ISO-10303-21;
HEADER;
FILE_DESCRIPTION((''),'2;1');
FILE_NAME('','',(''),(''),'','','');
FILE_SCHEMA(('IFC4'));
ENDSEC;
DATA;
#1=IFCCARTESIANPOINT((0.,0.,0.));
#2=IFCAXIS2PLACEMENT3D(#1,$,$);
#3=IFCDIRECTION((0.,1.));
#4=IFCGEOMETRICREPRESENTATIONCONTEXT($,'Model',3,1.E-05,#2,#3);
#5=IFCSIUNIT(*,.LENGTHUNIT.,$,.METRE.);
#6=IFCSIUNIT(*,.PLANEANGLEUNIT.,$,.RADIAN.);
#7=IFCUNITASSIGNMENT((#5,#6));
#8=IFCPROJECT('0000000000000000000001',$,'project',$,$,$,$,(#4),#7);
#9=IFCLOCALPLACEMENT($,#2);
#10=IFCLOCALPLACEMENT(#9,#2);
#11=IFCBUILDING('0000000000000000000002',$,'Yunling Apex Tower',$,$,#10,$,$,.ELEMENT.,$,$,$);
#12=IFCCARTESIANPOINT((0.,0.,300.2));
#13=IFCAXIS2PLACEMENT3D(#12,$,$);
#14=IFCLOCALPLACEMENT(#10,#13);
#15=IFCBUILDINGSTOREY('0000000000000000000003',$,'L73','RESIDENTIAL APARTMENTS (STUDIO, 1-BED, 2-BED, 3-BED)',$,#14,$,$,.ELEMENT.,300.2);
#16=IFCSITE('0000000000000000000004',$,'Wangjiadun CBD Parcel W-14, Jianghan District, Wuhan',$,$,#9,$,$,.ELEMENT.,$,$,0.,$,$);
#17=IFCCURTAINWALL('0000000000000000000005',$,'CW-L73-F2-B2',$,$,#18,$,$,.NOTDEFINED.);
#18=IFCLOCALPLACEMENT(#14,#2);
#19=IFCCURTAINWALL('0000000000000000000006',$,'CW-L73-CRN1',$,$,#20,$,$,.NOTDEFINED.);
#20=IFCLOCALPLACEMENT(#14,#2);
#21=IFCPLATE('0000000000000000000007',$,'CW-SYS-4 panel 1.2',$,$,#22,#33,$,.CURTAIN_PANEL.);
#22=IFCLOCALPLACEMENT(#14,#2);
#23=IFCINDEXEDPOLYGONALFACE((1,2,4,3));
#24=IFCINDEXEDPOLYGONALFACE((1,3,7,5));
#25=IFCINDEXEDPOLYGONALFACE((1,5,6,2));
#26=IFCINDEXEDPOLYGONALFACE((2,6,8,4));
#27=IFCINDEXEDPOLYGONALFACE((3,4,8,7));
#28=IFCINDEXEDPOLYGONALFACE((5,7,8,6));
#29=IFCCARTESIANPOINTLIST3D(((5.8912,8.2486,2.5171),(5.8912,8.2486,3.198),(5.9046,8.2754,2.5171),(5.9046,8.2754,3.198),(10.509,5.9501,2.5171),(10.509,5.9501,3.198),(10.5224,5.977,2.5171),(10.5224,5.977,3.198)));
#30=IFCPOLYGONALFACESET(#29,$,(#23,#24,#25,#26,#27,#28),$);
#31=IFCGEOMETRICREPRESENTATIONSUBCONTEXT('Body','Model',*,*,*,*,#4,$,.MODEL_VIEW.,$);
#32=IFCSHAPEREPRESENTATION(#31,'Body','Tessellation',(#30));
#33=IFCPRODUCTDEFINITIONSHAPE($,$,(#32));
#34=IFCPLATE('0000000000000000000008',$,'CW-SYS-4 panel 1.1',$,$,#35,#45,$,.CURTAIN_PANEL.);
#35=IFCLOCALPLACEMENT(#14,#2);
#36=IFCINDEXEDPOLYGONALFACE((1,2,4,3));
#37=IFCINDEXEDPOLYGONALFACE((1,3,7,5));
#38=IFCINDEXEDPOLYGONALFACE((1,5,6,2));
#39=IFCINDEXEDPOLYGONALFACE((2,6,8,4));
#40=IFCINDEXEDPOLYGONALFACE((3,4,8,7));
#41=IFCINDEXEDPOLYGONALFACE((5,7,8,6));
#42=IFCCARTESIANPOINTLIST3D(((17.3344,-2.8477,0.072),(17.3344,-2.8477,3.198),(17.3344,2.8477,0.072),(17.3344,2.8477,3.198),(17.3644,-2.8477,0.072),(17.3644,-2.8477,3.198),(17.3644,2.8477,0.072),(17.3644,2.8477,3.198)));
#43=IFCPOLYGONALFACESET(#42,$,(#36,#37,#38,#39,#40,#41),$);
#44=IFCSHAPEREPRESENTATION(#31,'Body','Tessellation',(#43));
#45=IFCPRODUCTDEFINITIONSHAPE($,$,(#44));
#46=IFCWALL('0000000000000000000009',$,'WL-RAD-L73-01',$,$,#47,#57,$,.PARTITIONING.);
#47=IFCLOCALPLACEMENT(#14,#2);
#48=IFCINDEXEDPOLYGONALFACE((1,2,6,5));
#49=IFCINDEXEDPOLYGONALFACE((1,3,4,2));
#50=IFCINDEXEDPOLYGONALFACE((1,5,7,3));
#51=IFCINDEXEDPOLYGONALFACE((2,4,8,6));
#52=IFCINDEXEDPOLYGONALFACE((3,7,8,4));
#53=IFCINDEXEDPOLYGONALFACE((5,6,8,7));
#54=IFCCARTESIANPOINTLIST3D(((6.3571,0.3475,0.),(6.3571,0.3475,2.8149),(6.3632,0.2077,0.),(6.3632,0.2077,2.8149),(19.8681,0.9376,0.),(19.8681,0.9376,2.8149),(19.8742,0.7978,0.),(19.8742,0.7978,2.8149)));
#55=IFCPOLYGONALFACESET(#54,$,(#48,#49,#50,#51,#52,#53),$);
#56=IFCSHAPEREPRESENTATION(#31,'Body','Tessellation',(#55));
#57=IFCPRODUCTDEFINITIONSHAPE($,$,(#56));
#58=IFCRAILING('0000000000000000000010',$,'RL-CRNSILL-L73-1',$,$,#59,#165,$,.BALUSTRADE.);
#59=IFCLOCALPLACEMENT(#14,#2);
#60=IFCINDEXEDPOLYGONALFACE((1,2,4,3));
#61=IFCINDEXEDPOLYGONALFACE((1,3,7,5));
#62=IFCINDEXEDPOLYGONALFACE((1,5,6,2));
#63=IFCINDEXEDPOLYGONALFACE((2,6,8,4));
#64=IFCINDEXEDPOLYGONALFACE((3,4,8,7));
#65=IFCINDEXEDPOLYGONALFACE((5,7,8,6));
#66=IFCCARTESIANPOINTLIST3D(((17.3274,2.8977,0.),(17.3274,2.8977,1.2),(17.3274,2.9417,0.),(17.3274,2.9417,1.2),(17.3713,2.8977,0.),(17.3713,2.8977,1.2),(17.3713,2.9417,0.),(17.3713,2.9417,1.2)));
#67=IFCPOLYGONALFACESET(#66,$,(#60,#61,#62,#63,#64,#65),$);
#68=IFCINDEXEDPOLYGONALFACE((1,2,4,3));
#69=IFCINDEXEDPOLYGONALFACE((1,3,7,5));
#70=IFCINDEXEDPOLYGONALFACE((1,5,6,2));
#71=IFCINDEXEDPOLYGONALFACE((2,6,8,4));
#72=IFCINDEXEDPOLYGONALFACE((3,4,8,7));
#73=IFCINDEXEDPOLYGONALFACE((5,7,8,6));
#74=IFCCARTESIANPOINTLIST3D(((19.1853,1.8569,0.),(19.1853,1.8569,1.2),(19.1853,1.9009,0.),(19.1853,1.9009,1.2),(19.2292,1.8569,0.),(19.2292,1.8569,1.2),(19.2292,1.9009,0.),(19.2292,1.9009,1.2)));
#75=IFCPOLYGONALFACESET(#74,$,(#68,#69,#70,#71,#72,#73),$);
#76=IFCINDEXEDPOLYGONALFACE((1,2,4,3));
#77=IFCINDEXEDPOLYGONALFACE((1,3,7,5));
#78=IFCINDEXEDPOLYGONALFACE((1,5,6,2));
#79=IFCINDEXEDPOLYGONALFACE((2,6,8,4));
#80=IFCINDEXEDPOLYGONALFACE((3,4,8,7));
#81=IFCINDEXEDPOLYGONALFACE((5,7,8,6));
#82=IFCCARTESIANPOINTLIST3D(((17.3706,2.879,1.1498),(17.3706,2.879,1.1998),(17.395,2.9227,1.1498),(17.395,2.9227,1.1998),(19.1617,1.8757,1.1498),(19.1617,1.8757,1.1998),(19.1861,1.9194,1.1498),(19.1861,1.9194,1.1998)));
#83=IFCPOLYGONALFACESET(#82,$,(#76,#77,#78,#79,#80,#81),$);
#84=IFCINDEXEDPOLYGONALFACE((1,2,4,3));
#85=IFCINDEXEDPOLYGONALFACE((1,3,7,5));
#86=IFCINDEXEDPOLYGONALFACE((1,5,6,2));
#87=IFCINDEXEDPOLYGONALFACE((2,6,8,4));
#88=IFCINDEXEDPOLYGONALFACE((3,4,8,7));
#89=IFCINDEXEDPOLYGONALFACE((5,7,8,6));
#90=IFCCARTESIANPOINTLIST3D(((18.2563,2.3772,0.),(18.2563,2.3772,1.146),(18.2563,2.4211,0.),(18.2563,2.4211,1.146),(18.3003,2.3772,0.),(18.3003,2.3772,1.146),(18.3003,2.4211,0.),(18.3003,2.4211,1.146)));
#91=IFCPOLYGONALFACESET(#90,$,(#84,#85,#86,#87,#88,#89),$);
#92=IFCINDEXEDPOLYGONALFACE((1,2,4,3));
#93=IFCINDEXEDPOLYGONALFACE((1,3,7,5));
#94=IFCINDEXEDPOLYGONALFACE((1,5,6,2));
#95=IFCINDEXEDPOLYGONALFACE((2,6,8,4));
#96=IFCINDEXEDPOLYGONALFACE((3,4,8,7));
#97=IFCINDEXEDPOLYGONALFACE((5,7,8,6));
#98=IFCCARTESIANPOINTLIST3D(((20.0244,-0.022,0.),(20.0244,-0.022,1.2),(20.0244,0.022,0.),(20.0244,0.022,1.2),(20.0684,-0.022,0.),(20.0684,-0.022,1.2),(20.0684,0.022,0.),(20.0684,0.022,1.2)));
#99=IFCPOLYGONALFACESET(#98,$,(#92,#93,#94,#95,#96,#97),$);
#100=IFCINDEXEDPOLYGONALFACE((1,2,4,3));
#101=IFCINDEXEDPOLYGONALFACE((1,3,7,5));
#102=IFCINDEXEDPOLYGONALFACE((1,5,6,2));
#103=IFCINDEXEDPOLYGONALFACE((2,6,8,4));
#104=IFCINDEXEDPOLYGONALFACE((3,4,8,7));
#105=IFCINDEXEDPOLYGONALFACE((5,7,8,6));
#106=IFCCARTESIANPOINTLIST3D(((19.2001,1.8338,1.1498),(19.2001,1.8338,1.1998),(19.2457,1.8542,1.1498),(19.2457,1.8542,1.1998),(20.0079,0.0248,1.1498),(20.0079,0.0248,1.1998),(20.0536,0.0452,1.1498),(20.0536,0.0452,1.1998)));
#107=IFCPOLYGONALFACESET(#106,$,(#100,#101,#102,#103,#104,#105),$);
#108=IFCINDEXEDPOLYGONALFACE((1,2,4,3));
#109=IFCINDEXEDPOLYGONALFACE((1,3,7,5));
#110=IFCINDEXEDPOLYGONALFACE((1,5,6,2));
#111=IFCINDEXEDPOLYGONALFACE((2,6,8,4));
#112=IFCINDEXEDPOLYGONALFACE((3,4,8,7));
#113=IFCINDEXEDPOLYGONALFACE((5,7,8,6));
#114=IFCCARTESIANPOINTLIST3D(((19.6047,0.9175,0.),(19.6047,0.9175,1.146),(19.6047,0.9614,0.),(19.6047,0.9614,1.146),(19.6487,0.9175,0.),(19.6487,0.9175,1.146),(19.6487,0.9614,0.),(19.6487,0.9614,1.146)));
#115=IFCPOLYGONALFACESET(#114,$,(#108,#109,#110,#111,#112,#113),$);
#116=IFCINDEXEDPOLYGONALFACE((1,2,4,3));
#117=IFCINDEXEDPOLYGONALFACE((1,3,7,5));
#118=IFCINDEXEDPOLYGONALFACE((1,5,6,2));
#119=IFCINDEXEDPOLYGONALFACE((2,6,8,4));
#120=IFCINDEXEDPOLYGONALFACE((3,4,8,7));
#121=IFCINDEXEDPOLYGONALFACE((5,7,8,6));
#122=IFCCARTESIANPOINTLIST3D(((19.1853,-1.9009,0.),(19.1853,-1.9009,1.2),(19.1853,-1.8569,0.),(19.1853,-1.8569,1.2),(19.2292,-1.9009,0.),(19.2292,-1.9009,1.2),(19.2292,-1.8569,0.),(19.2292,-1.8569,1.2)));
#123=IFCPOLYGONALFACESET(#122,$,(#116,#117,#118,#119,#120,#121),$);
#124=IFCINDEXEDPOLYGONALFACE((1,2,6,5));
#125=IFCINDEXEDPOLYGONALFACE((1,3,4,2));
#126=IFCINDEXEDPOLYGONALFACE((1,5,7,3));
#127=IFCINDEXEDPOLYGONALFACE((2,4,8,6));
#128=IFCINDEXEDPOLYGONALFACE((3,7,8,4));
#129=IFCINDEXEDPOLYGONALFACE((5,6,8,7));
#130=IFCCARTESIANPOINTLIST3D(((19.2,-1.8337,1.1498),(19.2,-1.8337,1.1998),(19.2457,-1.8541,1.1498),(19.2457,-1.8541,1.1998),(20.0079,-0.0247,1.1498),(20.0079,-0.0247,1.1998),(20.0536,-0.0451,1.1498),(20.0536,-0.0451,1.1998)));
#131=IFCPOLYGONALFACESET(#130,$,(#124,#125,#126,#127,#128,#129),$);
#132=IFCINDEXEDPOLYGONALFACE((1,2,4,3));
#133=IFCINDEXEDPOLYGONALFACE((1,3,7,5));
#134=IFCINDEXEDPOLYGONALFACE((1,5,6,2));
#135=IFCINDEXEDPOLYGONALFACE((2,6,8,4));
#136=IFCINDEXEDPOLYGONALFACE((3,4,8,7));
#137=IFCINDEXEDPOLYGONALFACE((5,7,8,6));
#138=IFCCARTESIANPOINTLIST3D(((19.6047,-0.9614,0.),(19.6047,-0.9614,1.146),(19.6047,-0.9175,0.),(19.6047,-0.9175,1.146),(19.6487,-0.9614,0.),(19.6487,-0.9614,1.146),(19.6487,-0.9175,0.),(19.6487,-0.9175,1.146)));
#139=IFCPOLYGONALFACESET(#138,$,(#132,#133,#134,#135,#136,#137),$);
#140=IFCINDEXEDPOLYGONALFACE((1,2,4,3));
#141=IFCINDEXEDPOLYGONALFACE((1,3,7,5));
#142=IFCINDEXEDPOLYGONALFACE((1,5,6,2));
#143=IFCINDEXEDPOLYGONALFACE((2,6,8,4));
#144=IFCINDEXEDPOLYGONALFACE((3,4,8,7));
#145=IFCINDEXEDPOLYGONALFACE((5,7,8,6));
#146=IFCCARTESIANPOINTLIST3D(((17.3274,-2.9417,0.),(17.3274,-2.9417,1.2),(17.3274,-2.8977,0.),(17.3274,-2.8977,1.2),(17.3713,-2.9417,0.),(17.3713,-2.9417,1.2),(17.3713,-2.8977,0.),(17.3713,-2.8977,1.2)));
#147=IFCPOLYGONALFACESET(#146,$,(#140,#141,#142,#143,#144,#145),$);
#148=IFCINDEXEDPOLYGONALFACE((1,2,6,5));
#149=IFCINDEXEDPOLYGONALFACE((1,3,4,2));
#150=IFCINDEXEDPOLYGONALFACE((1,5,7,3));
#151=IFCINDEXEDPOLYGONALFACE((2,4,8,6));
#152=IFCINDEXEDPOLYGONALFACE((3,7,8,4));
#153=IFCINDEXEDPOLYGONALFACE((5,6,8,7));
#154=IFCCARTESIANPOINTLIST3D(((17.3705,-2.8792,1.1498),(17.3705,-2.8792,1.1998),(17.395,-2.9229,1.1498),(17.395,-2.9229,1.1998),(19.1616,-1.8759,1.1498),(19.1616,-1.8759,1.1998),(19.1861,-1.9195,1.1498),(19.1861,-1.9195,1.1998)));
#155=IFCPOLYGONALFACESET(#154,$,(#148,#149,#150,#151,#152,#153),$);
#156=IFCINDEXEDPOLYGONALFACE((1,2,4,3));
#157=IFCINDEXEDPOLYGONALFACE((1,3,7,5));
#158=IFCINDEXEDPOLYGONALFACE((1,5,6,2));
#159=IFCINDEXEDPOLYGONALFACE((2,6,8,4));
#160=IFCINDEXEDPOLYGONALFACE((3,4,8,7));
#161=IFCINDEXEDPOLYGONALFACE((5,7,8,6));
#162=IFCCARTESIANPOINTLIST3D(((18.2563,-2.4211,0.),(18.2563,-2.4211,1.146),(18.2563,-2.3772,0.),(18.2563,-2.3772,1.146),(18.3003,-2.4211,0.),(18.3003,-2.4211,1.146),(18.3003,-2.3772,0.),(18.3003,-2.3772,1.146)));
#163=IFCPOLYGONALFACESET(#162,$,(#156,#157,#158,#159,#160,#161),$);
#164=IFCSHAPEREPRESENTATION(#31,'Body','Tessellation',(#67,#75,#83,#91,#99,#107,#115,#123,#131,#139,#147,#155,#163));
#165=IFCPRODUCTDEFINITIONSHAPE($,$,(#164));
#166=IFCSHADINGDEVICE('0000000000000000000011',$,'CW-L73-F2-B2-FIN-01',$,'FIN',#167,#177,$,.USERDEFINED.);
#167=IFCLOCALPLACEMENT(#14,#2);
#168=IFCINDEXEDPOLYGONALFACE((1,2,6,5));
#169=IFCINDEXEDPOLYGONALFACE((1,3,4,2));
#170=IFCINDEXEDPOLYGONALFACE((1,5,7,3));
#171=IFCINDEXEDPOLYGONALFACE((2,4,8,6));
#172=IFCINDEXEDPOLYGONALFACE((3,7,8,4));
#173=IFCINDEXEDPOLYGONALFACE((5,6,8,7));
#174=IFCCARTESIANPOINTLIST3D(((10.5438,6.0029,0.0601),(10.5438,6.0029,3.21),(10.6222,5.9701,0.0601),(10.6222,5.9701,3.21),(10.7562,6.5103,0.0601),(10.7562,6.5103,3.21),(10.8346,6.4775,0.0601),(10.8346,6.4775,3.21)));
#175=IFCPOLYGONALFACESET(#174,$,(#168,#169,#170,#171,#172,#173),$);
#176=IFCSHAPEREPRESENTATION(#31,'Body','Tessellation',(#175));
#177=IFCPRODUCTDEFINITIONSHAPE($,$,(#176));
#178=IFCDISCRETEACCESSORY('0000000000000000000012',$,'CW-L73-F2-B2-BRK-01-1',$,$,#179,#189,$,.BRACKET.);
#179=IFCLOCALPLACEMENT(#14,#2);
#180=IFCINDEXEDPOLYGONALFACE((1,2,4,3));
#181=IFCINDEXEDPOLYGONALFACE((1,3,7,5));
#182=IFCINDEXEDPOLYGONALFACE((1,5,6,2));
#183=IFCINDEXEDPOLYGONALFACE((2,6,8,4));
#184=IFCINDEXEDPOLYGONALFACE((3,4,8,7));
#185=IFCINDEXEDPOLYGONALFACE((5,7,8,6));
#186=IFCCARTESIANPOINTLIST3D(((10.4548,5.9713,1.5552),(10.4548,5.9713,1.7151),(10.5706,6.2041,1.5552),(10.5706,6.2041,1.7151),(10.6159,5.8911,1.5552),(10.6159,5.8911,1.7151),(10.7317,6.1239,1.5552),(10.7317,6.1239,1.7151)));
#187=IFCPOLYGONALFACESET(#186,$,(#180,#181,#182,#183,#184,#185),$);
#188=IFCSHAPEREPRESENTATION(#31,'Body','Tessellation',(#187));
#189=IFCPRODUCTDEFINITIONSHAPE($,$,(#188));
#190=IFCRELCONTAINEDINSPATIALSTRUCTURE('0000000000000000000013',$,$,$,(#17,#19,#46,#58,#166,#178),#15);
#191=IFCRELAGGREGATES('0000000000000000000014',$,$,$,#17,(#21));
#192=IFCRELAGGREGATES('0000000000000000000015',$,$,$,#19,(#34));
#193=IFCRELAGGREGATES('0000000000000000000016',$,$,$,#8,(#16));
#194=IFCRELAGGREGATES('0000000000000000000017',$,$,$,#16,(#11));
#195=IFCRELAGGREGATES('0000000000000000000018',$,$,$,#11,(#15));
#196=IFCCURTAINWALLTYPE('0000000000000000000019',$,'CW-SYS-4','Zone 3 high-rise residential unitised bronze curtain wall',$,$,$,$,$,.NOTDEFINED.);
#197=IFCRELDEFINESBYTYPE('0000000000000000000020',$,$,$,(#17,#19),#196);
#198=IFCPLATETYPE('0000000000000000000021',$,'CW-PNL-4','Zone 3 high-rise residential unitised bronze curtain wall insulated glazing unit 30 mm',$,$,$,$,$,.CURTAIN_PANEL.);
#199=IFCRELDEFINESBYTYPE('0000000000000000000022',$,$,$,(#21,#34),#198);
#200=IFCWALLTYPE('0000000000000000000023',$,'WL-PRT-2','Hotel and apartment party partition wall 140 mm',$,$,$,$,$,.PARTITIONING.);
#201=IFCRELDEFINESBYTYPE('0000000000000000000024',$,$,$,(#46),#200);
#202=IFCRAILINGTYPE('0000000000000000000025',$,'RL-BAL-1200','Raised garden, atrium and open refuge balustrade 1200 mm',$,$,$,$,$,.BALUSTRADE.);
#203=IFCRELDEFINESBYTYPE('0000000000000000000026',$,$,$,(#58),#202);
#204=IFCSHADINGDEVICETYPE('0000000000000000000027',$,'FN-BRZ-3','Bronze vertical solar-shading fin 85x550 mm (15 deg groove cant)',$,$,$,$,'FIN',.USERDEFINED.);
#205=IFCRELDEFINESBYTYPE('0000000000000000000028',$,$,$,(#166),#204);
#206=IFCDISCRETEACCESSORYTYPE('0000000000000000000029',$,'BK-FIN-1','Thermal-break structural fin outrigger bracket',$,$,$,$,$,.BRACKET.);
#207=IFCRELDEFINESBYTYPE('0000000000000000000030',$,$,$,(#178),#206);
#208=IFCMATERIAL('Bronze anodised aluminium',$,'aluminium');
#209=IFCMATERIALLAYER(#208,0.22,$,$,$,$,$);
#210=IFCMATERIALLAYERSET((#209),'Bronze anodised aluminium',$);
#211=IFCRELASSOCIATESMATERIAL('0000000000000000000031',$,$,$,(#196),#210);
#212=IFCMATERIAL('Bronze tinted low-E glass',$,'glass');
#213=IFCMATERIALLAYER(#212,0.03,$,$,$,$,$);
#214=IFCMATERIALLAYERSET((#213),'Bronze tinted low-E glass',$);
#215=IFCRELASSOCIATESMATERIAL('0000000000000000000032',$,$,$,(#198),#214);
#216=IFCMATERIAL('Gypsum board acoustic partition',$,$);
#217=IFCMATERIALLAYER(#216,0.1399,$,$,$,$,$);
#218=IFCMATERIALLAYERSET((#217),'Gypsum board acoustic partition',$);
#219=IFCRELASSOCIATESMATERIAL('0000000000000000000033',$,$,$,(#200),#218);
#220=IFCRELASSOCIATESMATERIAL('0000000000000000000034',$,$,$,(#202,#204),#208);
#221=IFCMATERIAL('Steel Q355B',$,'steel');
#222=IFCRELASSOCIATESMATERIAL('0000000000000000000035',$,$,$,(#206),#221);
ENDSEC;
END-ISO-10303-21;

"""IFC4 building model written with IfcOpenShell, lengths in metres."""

from ifc_helpers import new_model, si_unit, direction, frame, frame_2d, origin, origin_2d, place, context, subcontext, project, spatial, rectangle, extrude, source, transform, mapped, material, layer, layer_set, material_profile, profile_set, type_object, element, aggregate, save


model = new_model("IFC4")

# Units and contexts
model_context = context("Model", 3, precision=1e-05, world=origin(), true_north=direction((0.0, 1.0)))
body_context = subcontext(model_context, "Body", "Model", "MODEL_VIEW")
ifc_project = project(units=[si_unit("LENGTHUNIT", "METRE"), si_unit("PLANEANGLEUNIT", "RADIAN")], contexts=[model_context])

# Site, building, storey
site_placement = place(None, origin())
site = spatial("IfcSite", under=ifc_project, at=site_placement, Name="Wangjiadun CBD Parcel W-14, Jianghan District, Wuhan", CompositionType="ELEMENT", RefElevation=0.0)
building_placement = place(site_placement, origin())
building = spatial("IfcBuilding", under=site, at=building_placement, Name="Yunling Apex Tower", CompositionType="ELEMENT")
storey_placement = place(building_placement, frame((0.0, 0.0, 300.2)))
storey = spatial("IfcBuildingStorey", under=building, at=storey_placement, Name="L73", Description="RESIDENTIAL APARTMENTS (STUDIO, 1-BED, 2-BED, 3-BED)", CompositionType="ELEMENT", Elevation=300.2)

# Shared definitions
ifc_material_1 = material(Name="Steel Q355B", Category="steel")

# Curtain wall
ifc_material_2 = material(Name="Bronze anodised aluminium", Category="aluminium")
ifc_layer_1 = layer(ifc_material_2, 0.22)
ifc_layer_set_1 = layer_set([ifc_layer_1], Name="Bronze anodised aluminium")
curtain_wall_type = type_object("IfcCurtainWallType", Name="CW-SYS-4", Description="Zone 3 high-rise residential unitised bronze curtain wall", PredefinedType="NOTDEFINED", material=ifc_layer_set_1)
curtain_wall_1_placement = place(storey_placement, origin())
curtain_wall_1 = element("IfcCurtainWall", 1, at=curtain_wall_1_placement, inside=storey, type_object=curtain_wall_type, Name="CW-L73-F2-B2", PredefinedType="NOTDEFINED")

# Curtain wall
curtain_wall_2_placement = place(storey_placement, origin())
curtain_wall_2 = element("IfcCurtainWall", 2, at=curtain_wall_2_placement, inside=storey, type_object=curtain_wall_type, Name="CW-L73-CRN1", PredefinedType="NOTDEFINED")

# Plates
ifc_material_3 = material(Name="Bronze tinted low-E glass", Category="glass")
ifc_layer_2 = layer(ifc_material_3, 0.03)
ifc_layer_set_2 = layer_set([ifc_layer_2], Name="Bronze tinted low-E glass")
plate_type_1 = type_object("IfcPlateType", Name="CW-PNL-4", Description="Zone 3 high-rise residential unitised bronze curtain wall insulated glazing unit 30 mm", PredefinedType="CURTAIN_PANEL", material=ifc_layer_set_2)
shared_shape_1 = source(origin(), body_context, "Body", "SweptSolid", [
    extrude(rectangle(XDim=5.1582, YDim=0.03, at=origin_2d()), origin(), (0.0, 0.0, 1.0), 0.6809),
])
plate_1_placement = place(storey_placement, frame((8.2068, 7.1128, 2.5171), z_axis=(0.0, 0.0, 1.0), x_axis=(-0.89524, 0.445583, 0.0)))
plate_1 = element("IfcPlate", 3, at=plate_1_placement, type_object=plate_type_1, Name="CW-SYS-4 panel 1.2", PredefinedType="CURTAIN_PANEL", context=body_context, shape_type="MappedRepresentation", body=[
    mapped(shared_shape_1, transform((0.0, 0.0, 0.0), scale=1.0)),
])
aggregate(curtain_wall_1, [plate_1])
shared_shape_2 = source(origin(), body_context, "Body", "SweptSolid", [
    extrude(rectangle(XDim=5.6953, YDim=0.03, at=origin_2d()), origin(), (0.0, 0.0, 1.0), 3.126),
])
plate_2_placement = place(storey_placement, frame((17.3494, 0.0, 0.072), z_axis=(0.0, 0.0, 1.0), x_axis=(0.0, 1.0, 0.0)))
plate_2 = element("IfcPlate", 4, at=plate_2_placement, type_object=plate_type_1, Name="CW-SYS-4 panel 1.1", PredefinedType="CURTAIN_PANEL", context=body_context, shape_type="MappedRepresentation", body=[
    mapped(shared_shape_2, transform((0.0, 0.0, 0.0), scale=1.0)),
])
aggregate(curtain_wall_2, [plate_2])

# Wall
ifc_material_4 = material(Name="Gypsum board acoustic partition")
ifc_layer_3 = layer(ifc_material_4, 0.1399)
ifc_layer_set_3 = layer_set([ifc_layer_3], Name="Gypsum board acoustic partition")
wall_type = type_object("IfcWallType", Name="WL-PRT-2", Description="Hotel and apartment party partition wall 140 mm", PredefinedType="PARTITIONING", material=ifc_layer_set_3)
wall_placement = place(storey_placement, frame((6.3601, 0.2776, 0.0), z_axis=(0.0, 0.0, 1.0), x_axis=(0.999048, 0.043633, 0.0)))
element("IfcWall", 5, at=wall_placement, inside=storey, type_object=wall_type, Name="WL-RAD-L73-01", PredefinedType="PARTITIONING", context=body_context, shape_type="SweptSolid", body=[
    extrude(rectangle(XDim=13.5239, YDim=0.1399, at=frame_2d((6.762, 0.0))), origin(), (0.0, 0.0, 1.0), 2.8149),
])

# Railing
railing_type = type_object("IfcRailingType", Name="RL-BAL-1200", Description="Raised garden, atrium and open refuge balustrade 1200 mm", PredefinedType="BALUSTRADE", material=ifc_material_2)
railing_placement = place(storey_placement, frame((17.3494, 2.9197, 0.0)))
element("IfcRailing", 6, at=railing_placement, inside=storey, type_object=railing_type, Name="RL-CRNSILL-L73-1", PredefinedType="BALUSTRADE", context=body_context, shape_type="SweptSolid", body=[
    extrude(rectangle(XDim=0.0439, YDim=0.0439, at=origin_2d()), origin(), (0.0, 0.0, 1.0), 1.2),
    extrude(rectangle(XDim=0.0439, YDim=0.0439, at=origin_2d()), frame((1.8579, -1.0408, 0.0)), (0.0, 0.0, 1.0), 1.2),
    extrude(rectangle(XDim=0.05, YDim=0.05, at=origin_2d()), frame((0.0334, -0.0188, 1.1748), z_axis=(0.872438, -0.488726, 0.0), x_axis=(0.488726, 0.872438, 0.0)), (0.0, 0.0, 1.0), 2.053),
    extrude(rectangle(XDim=0.0439, YDim=0.0439, at=origin_2d()), frame((0.929, -0.5205, 0.0)), (0.0, 0.0, 1.0), 1.146),
    extrude(rectangle(XDim=0.0439, YDim=0.0439, at=origin_2d()), frame((2.697, -2.9197, 0.0)), (0.0, 0.0, 1.0), 1.2),
    extrude(rectangle(XDim=0.05, YDim=0.05, at=origin_2d()), frame((1.8735, -1.0757, 1.1748), z_axis=(0.407778, -0.913081, 0.0), x_axis=(0.913081, 0.407778, 0.0)), (0.0, 0.0, 1.0), 1.9812),
    extrude(rectangle(XDim=0.0439, YDim=0.0439, at=origin_2d()), frame((2.2773, -1.9802, 0.0)), (0.0, 0.0, 1.0), 1.146),
    extrude(rectangle(XDim=0.0439, YDim=0.0439, at=origin_2d()), frame((1.8579, -4.7986, 0.0)), (0.0, 0.0, 1.0), 1.2),
    extrude(rectangle(XDim=0.05, YDim=0.05, at=origin_2d()), frame((2.6814, -2.9546, 1.1748), z_axis=(-0.407778, -0.913081, 0.0), x_axis=(0.913081, -0.407778, 0.0)), (0.0, 0.0, 1.0), 1.9812),
    extrude(rectangle(XDim=0.0439, YDim=0.0439, at=origin_2d()), frame((2.2773, -3.8591, 0.0)), (0.0, 0.0, 1.0), 1.146),
    extrude(rectangle(XDim=0.0439, YDim=0.0439, at=origin_2d()), frame((0.0, -5.8394, 0.0)), (0.0, 0.0, 1.0), 1.2),
    extrude(rectangle(XDim=0.05, YDim=0.05, at=origin_2d()), frame((1.8245, -4.8174, 1.1748), z_axis=(-0.872438, -0.488726, 0.0), x_axis=(0.488726, -0.872438, 0.0)), (0.0, 0.0, 1.0), 2.053),
    extrude(rectangle(XDim=0.0439, YDim=0.0439, at=origin_2d()), frame((0.929, -5.3188, 0.0)), (0.0, 0.0, 1.0), 1.146),
])

# Shading device
ifc_material_profile_1 = material_profile(ifc_material_2, rectangle(XDim=0.085, YDim=0.55, at=origin_2d()))
ifc_profile_set_1 = profile_set([ifc_material_profile_1], Name="Bronze anodised aluminium")
shading_device_type = type_object("IfcShadingDeviceType", Name="FN-BRZ-3", Description="Bronze vertical solar-shading fin 85x550 mm (15 deg groove cant)", ElementType="FIN", PredefinedType="USERDEFINED", material=ifc_profile_set_1)
shared_shape_3 = source(origin(), body_context, "Body", "SweptSolid", [
    extrude(rectangle(XDim=0.085, YDim=0.55, at=origin_2d()), origin(), (0.0, 0.0, 1.0), 3.1499),
])
shading_device_placement = place(storey_placement, frame((10.6892, 6.2402, 0.0601), z_axis=(0.0, 0.0, 1.0), x_axis=(-0.922471, 0.386067, 0.0)))
element("IfcShadingDevice", 7, at=shading_device_placement, inside=storey, type_object=shading_device_type, Name="CW-L73-F2-B2-FIN-01", ObjectType="FIN", PredefinedType="USERDEFINED", context=body_context, shape_type="MappedRepresentation", body=[
    mapped(shared_shape_3, transform((0.0, 0.0, 0.0), scale=1.0)),
])

# Discrete accessory
discrete_accessory_type = type_object("IfcDiscreteAccessoryType", Name="BK-FIN-1", Description="Thermal-break structural fin outrigger bracket", PredefinedType="BRACKET", material=ifc_material_1)
shared_shape_4 = source(origin(), body_context, "Body", "SweptSolid", [
    extrude(rectangle(XDim=0.1799, YDim=0.26, at=origin_2d()), origin(), (0.0, 0.0, 1.0), 0.1599),
])
discrete_accessory_placement = place(storey_placement, frame((10.5933, 6.0476, 1.5552), z_axis=(0.0, 0.0, 1.0), x_axis=(-0.895246, 0.445573, 0.0)))
element("IfcDiscreteAccessory", 8, at=discrete_accessory_placement, inside=storey, type_object=discrete_accessory_type, Name="CW-L73-F2-B2-BRK-01-1", PredefinedType="BRACKET", context=body_context, shape_type="MappedRepresentation", body=[
    mapped(shared_shape_4, transform((0.0, 0.0, 0.0), scale=1.0)),
])

save(model, "model.ifc")
